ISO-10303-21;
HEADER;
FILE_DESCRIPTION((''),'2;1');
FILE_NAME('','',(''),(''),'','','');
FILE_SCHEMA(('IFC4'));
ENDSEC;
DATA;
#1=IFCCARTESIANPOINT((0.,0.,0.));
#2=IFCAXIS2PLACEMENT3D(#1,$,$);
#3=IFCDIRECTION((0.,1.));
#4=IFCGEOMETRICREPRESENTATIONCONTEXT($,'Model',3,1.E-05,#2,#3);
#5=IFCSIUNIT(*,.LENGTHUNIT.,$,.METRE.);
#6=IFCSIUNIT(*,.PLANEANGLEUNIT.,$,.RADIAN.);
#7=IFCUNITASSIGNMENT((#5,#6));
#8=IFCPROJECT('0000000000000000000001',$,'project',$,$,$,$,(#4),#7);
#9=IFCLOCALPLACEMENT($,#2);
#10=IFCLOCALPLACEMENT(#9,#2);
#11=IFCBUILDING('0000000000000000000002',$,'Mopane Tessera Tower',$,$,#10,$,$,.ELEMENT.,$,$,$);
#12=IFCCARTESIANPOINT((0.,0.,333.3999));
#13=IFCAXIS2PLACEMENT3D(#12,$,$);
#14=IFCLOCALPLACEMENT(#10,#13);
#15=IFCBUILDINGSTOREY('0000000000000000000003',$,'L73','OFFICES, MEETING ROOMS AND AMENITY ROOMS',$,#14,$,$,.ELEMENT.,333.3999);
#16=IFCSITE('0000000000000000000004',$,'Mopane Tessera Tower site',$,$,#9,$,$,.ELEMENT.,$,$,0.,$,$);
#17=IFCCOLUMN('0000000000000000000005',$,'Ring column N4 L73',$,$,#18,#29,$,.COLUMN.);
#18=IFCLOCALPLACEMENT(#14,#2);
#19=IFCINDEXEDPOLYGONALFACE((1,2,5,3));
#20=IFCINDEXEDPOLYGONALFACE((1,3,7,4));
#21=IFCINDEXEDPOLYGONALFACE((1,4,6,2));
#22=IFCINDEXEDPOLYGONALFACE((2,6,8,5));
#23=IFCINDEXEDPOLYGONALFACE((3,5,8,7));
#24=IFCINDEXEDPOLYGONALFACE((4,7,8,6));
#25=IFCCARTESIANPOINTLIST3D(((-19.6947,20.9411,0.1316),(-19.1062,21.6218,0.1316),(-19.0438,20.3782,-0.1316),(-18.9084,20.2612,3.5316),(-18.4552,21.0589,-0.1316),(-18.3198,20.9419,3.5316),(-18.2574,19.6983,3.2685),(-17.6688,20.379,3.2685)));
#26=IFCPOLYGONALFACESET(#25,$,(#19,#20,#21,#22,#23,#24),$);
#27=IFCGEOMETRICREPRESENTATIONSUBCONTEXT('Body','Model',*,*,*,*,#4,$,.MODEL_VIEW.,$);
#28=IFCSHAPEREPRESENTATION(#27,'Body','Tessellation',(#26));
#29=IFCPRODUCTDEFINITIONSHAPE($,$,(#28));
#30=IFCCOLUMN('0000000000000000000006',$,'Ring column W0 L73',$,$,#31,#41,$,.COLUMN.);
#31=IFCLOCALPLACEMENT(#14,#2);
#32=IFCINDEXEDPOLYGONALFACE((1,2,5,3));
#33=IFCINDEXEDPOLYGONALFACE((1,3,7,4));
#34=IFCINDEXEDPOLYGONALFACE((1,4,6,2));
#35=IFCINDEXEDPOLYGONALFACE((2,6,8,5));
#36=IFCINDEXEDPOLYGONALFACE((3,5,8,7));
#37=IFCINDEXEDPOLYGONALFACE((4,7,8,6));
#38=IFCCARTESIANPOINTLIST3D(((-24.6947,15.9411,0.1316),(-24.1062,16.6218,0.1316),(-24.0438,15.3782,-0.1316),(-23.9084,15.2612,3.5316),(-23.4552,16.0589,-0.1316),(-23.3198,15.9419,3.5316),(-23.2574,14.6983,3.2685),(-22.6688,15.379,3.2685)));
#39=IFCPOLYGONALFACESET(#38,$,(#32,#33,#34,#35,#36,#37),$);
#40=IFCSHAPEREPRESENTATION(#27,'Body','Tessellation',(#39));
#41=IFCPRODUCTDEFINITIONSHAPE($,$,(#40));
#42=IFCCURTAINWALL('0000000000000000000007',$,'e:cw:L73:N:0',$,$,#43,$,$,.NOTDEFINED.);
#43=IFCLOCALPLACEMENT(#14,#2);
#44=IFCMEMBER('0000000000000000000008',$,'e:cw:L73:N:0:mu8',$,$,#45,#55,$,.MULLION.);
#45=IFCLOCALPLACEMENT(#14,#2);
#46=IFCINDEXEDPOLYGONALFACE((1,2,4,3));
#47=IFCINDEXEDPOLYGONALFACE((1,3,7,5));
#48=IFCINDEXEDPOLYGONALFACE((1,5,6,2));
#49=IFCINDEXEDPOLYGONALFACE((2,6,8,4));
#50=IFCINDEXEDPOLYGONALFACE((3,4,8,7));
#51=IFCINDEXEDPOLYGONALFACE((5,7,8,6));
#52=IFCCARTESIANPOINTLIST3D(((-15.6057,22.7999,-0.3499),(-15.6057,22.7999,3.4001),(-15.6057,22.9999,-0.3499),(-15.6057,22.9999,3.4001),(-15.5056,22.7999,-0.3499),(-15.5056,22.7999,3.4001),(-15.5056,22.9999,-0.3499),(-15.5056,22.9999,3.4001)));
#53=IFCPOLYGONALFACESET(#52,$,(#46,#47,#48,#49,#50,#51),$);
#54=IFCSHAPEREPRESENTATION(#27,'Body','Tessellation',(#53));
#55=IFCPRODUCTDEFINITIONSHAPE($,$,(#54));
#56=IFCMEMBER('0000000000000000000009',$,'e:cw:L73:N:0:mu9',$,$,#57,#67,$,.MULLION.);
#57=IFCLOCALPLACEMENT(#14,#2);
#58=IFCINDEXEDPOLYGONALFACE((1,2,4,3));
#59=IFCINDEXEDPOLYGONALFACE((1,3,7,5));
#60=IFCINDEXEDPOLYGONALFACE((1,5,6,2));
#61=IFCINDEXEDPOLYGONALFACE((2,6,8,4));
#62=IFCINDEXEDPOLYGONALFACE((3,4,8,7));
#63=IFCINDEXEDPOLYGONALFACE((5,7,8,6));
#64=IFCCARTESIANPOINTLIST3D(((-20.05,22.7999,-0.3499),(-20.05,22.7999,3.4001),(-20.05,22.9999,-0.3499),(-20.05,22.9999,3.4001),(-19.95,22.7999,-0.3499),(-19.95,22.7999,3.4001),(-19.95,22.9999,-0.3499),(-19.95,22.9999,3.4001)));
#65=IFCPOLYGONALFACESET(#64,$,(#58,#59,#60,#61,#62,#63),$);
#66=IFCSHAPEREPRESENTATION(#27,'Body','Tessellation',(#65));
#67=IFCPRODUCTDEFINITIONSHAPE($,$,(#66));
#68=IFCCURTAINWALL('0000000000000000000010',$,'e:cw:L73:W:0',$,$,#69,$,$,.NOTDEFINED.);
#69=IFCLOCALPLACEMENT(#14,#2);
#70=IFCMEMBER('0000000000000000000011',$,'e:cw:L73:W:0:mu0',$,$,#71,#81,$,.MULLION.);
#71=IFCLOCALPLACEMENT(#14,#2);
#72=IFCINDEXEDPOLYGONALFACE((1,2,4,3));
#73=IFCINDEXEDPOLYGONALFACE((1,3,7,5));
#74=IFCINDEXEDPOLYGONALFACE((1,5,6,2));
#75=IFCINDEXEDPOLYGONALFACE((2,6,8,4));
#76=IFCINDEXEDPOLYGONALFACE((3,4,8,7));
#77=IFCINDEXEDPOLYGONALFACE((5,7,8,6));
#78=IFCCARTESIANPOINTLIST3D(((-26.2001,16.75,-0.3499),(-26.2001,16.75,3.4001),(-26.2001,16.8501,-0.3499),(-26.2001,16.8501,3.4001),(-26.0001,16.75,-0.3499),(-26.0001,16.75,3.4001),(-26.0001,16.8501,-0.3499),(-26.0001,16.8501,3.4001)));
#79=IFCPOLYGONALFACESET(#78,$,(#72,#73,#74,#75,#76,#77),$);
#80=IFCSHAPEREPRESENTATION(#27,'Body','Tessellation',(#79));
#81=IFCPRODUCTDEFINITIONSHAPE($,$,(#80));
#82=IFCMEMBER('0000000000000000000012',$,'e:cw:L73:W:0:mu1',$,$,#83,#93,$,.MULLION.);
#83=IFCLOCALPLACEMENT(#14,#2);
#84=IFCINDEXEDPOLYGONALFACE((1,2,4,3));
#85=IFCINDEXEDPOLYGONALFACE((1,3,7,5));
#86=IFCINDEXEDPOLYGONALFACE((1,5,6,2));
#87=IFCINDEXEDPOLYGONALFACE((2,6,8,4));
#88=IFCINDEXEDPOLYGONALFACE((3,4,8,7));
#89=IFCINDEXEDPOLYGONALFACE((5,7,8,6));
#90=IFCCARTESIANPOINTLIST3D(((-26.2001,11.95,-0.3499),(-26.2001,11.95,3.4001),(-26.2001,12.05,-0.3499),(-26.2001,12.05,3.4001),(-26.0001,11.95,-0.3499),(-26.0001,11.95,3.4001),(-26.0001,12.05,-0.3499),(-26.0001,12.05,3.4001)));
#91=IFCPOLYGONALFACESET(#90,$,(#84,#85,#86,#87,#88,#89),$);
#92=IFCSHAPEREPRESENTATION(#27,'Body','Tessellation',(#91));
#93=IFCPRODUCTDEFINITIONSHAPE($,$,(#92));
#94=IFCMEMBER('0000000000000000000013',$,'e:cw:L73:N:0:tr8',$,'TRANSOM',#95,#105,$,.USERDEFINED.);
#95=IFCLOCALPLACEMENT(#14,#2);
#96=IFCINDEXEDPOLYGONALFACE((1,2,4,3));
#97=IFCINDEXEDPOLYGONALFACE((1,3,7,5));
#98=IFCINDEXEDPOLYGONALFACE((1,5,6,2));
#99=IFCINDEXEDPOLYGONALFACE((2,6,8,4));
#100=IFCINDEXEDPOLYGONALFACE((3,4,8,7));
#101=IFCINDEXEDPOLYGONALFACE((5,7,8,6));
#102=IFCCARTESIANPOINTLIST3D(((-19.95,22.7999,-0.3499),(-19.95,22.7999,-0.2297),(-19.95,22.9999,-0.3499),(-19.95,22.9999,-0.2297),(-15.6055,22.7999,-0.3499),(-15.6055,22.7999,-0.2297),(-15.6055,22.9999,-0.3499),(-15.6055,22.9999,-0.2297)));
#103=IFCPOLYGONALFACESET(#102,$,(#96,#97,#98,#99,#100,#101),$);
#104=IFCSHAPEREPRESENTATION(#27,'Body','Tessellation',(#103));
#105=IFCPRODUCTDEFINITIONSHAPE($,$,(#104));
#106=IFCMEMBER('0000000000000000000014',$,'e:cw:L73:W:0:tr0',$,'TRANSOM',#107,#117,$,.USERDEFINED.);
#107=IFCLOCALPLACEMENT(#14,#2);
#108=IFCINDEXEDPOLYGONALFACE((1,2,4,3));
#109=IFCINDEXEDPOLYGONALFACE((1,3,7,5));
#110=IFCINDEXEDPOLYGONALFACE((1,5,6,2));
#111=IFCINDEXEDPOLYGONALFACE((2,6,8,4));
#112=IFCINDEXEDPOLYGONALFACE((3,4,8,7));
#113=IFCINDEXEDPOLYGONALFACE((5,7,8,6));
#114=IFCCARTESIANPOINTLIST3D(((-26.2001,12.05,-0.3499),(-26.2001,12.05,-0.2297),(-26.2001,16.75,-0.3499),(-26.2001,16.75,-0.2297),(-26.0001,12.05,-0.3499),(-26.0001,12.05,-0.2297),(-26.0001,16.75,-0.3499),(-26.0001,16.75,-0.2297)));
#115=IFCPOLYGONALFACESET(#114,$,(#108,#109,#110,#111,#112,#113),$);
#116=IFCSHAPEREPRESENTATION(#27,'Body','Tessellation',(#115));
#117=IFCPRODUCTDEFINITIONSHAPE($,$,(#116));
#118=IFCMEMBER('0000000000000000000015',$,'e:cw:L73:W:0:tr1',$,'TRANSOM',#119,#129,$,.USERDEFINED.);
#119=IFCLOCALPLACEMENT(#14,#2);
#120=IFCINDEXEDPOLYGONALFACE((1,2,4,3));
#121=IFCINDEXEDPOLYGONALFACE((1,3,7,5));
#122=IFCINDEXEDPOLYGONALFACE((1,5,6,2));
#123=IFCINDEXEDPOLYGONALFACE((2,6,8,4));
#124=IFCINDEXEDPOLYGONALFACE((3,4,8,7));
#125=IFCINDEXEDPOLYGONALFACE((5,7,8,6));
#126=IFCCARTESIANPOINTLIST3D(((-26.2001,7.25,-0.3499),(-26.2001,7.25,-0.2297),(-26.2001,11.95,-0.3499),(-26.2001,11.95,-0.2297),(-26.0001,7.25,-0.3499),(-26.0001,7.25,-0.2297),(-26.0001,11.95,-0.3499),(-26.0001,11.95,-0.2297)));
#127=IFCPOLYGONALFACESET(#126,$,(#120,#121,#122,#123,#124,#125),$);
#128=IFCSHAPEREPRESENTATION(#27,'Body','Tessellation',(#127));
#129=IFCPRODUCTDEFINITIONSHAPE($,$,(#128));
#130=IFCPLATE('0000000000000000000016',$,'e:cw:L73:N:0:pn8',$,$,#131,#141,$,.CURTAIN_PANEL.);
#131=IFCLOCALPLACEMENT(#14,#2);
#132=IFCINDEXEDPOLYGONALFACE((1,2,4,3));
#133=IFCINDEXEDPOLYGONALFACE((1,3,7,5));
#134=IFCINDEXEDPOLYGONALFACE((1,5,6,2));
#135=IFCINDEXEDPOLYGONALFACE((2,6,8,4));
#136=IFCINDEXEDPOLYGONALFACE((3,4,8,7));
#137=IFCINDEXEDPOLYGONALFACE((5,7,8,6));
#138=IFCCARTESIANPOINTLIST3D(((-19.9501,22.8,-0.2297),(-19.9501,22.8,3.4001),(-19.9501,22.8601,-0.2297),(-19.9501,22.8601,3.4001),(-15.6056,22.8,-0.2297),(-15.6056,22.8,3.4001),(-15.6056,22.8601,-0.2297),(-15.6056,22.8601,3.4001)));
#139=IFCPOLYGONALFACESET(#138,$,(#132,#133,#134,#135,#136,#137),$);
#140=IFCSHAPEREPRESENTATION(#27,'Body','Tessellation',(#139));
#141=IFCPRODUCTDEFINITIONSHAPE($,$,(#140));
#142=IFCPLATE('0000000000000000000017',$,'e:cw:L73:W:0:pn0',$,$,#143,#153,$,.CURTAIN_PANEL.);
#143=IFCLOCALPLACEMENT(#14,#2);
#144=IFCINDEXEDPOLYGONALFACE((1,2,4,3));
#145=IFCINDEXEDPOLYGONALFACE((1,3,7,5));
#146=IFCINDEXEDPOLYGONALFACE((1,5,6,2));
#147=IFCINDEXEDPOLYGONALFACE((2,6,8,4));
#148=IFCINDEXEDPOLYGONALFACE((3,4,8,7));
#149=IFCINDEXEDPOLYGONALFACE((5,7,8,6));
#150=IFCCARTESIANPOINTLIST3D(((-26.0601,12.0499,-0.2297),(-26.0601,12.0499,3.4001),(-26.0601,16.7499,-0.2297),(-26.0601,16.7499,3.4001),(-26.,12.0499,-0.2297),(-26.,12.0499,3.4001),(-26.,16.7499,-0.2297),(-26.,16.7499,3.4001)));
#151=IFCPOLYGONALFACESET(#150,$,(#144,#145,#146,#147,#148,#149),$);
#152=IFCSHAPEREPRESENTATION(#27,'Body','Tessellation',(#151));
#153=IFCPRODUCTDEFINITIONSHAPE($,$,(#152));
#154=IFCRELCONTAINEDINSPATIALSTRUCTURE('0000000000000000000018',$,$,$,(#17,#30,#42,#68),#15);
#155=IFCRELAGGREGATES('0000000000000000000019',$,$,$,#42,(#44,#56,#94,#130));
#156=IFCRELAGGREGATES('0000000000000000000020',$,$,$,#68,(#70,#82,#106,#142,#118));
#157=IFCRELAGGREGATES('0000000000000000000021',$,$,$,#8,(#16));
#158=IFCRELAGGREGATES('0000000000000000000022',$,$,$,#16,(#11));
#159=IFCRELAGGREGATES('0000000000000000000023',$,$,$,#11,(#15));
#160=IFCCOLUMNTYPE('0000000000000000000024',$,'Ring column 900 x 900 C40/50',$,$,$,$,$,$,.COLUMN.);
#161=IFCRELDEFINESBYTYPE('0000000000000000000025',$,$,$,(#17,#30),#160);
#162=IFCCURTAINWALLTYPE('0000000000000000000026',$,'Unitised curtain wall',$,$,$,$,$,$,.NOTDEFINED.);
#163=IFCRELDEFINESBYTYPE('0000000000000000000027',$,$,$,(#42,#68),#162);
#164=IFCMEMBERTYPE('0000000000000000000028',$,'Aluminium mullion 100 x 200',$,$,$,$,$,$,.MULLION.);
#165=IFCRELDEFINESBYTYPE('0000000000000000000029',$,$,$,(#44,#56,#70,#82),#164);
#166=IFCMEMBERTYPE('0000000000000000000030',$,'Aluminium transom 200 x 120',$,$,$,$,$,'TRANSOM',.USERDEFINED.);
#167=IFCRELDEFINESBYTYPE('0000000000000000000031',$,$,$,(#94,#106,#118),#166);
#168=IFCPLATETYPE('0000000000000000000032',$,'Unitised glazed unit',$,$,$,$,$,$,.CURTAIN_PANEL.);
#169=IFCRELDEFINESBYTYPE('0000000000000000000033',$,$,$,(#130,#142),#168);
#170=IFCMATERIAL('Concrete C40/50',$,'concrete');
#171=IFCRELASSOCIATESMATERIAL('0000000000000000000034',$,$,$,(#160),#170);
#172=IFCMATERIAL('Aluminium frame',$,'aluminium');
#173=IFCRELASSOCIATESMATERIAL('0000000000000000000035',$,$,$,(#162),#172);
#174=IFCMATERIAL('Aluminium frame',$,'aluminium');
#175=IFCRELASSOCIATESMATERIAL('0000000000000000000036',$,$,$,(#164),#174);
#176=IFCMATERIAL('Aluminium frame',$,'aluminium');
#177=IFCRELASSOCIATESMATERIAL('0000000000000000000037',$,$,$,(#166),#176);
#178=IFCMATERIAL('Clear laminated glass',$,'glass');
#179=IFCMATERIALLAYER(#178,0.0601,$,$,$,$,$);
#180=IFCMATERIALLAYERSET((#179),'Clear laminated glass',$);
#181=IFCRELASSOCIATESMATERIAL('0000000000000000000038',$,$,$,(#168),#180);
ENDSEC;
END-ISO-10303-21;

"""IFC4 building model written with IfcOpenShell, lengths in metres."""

from ifc_helpers import new_model, si_unit, direction, frame, origin, origin_2d, place, context, subcontext, project, spatial, rectangle, extrude, material, layer, layer_set, material_profile, profile_set, type_object, element, aggregate, save


model = new_model("IFC4")

# Units and contexts
model_context = context("Model", 3, precision=1e-05, world=origin(), true_north=direction((0.0, 1.0)))
body_context = subcontext(model_context, "Body", "Model", "MODEL_VIEW")
ifc_project = project(units=[si_unit("LENGTHUNIT", "METRE"), si_unit("PLANEANGLEUNIT", "RADIAN")], contexts=[model_context])

# Site, building, storey
site_placement = place(None, origin())
site = spatial("IfcSite", under=ifc_project, at=site_placement, Name="Mopane Tessera Tower site", CompositionType="ELEMENT", RefElevation=0.0)
building_placement = place(site_placement, origin())
building = spatial("IfcBuilding", under=site, at=building_placement, Name="Mopane Tessera Tower", CompositionType="ELEMENT")
storey_placement = place(building_placement, frame((0.0, 0.0, 333.3999)))
storey = spatial("IfcBuildingStorey", under=building, at=storey_placement, Name="L73", Description="OFFICES, MEETING ROOMS AND AMENITY ROOMS", CompositionType="ELEMENT", Elevation=333.3999)

# Columns
ifc_material_1 = material(Name="Concrete C40/50", Category="concrete")
ifc_material_profile_1 = material_profile(ifc_material_1, rectangle(XDim=0.8999, YDim=0.8999, at=origin_2d()))
ifc_profile_set_1 = profile_set([ifc_material_profile_1], Name="Concrete C40/50")
column_type = type_object("IfcColumnType", Name="Ring column 900 x 900 C40/50", PredefinedType="COLUMN", material=ifc_profile_set_1)
for number, where, z_axis, x_axis, name in (
    (1, (-19.075, 21.0, 0.0), (0.221171, -0.191233, 0.956302), (0.654054, 0.756448, 0.0), "Ring column N4 L73"),
    (2, (-24.075, 16.0, 0.0), (0.221171, -0.191233, 0.956302), (0.654054, 0.756448, 0.0), "Ring column W0 L73"),
):
    element("IfcColumn", number, at=place(storey_placement, frame(where, z_axis=z_axis, x_axis=x_axis)), inside=storey, type_object=column_type, Name=name, PredefinedType="COLUMN", context=body_context, shape_type="SweptSolid", body=[
        extrude(rectangle(XDim=0.8999, YDim=0.8999, at=origin_2d()), origin(), (0.0, 0.0, 1.0), 3.5554),
    ])

# Curtain walls, members
ifc_material_2 = material(Name="Aluminium frame", Category="aluminium")
curtain_wall_type = type_object("IfcCurtainWallType", Name="Unitised curtain wall", PredefinedType="NOTDEFINED", material=ifc_material_2)
curtain_wall_1_placement = place(storey_placement, origin())
curtain_wall_1 = element("IfcCurtainWall", 3, at=curtain_wall_1_placement, inside=storey, type_object=curtain_wall_type, Name="e:cw:L73:N:0", PredefinedType="NOTDEFINED")
ifc_material_3 = material(Name="Aluminium frame", Category="aluminium")
ifc_material_profile_2 = material_profile(ifc_material_3, rectangle(XDim=0.1001, YDim=0.2, at=origin_2d()))
ifc_profile_set_2 = profile_set([ifc_material_profile_2], Name="Aluminium frame")
member_type_1 = type_object("IfcMemberType", Name="Aluminium mullion 100 x 200", PredefinedType="MULLION", material=ifc_profile_set_2)
member_1_placement = place(storey_placement, frame((-15.5557, 22.8999, -0.3499), z_axis=(0.0, 0.0, 1.0), x_axis=(-1.0, 0.0, 0.0)))
member_1 = element("IfcMember", 4, at=member_1_placement, type_object=member_type_1, Name="e:cw:L73:N:0:mu8", PredefinedType="MULLION", context=body_context, shape_type="SweptSolid", body=[
    extrude(rectangle(XDim=0.1001, YDim=0.2, at=origin_2d()), origin(), (0.0, 0.0, 1.0), 3.75),
])
member_2_placement = place(storey_placement, frame((-20.0, 22.8999, -0.3499), z_axis=(0.0, 0.0, 1.0), x_axis=(-1.0, 0.0, 0.0)))
member_2 = element("IfcMember", 5, at=member_2_placement, type_object=member_type_1, Name="e:cw:L73:N:0:mu9", PredefinedType="MULLION", context=body_context, shape_type="SweptSolid", body=[
    extrude(rectangle(XDim=0.1001, YDim=0.2, at=origin_2d()), origin(), (0.0, 0.0, 1.0), 3.75),
])
curtain_wall_2_placement = place(storey_placement, origin())
curtain_wall_2 = element("IfcCurtainWall", 6, at=curtain_wall_2_placement, inside=storey, type_object=curtain_wall_type, Name="e:cw:L73:W:0", PredefinedType="NOTDEFINED")
member_3_placement = place(storey_placement, frame((-26.1001, 16.8, -0.3499), z_axis=(0.0, 0.0, 1.0), x_axis=(0.0, -1.0, 0.0)))
member_3 = element("IfcMember", 7, at=member_3_placement, type_object=member_type_1, Name="e:cw:L73:W:0:mu0", PredefinedType="MULLION", context=body_context, shape_type="SweptSolid", body=[
    extrude(rectangle(XDim=0.1001, YDim=0.2, at=origin_2d()), origin(), (0.0, 0.0, 1.0), 3.75),
])
member_4_placement = place(storey_placement, frame((-26.1001, 12.0, -0.3499), z_axis=(0.0, 0.0, 1.0), x_axis=(0.0, -1.0, 0.0)))
member_4 = element("IfcMember", 8, at=member_4_placement, type_object=member_type_1, Name="e:cw:L73:W:0:mu1", PredefinedType="MULLION", context=body_context, shape_type="SweptSolid", body=[
    extrude(rectangle(XDim=0.1001, YDim=0.2, at=origin_2d()), origin(), (0.0, 0.0, 1.0), 3.75),
])

# Members
ifc_material_4 = material(Name="Aluminium frame", Category="aluminium")
ifc_material_profile_3 = material_profile(ifc_material_4, rectangle(XDim=0.2, YDim=0.1201, at=origin_2d()))
ifc_profile_set_3 = profile_set([ifc_material_profile_3], Name="Aluminium frame")
member_type_2 = type_object("IfcMemberType", Name="Aluminium transom 200 x 120", ElementType="TRANSOM", PredefinedType="USERDEFINED", material=ifc_profile_set_3)
member_5_placement = place(storey_placement, frame((-15.6055, 22.8999, -0.2898), z_axis=(-1.0, 0.0, 0.0), x_axis=(0.0, -1.0, 0.0)))
member_5 = element("IfcMember", 9, at=member_5_placement, type_object=member_type_2, Name="e:cw:L73:N:0:tr8", ObjectType="TRANSOM", PredefinedType="USERDEFINED", context=body_context, shape_type="SweptSolid", body=[
    extrude(rectangle(XDim=0.2, YDim=0.1201, at=origin_2d()), origin(), (0.0, 0.0, 1.0), 4.3445),
])
member_6_placement = place(storey_placement, frame((-26.1001, 16.75, -0.2898), z_axis=(0.0, -1.0, 0.0), x_axis=(1.0, 0.0, 0.0)))
member_6 = element("IfcMember", 10, at=member_6_placement, type_object=member_type_2, Name="e:cw:L73:W:0:tr0", ObjectType="TRANSOM", PredefinedType="USERDEFINED", context=body_context, shape_type="SweptSolid", body=[
    extrude(rectangle(XDim=0.2, YDim=0.1201, at=origin_2d()), origin(), (0.0, 0.0, 1.0), 4.7),
])
member_7_placement = place(storey_placement, frame((-26.1001, 11.95, -0.2898), z_axis=(0.0, -1.0, 0.0), x_axis=(1.0, 0.0, 0.0)))
member_7 = element("IfcMember", 11, at=member_7_placement, type_object=member_type_2, Name="e:cw:L73:W:0:tr1", ObjectType="TRANSOM", PredefinedType="USERDEFINED", context=body_context, shape_type="SweptSolid", body=[
    extrude(rectangle(XDim=0.2, YDim=0.1201, at=origin_2d()), origin(), (0.0, 0.0, 1.0), 4.7),
])

# Plates
ifc_material_5 = material(Name="Clear laminated glass", Category="glass")
ifc_layer_1 = layer(ifc_material_5, 0.0601)
ifc_layer_set_1 = layer_set([ifc_layer_1], Name="Clear laminated glass")
plate_type = type_object("IfcPlateType", Name="Unitised glazed unit", PredefinedType="CURTAIN_PANEL", material=ifc_layer_set_1)
plate_1_placement = place(storey_placement, frame((-17.7778, 22.8301, -0.2297), z_axis=(0.0, 0.0, 1.0), x_axis=(-1.0, 0.0, 0.0)))
plate_1 = element("IfcPlate", 12, at=plate_1_placement, type_object=plate_type, Name="e:cw:L73:N:0:pn8", PredefinedType="CURTAIN_PANEL", context=body_context, shape_type="SweptSolid", body=[
    extrude(rectangle(XDim=4.3445, YDim=0.0601, at=origin_2d()), origin(), (0.0, 0.0, 1.0), 3.6299),
])
aggregate(curtain_wall_1, [member_1, member_2, member_5, plate_1])
plate_2_placement = place(storey_placement, frame((-26.03, 14.3999, -0.2297), z_axis=(0.0, 0.0, 1.0), x_axis=(0.0, -1.0, 0.0)))
plate_2 = element("IfcPlate", 13, at=plate_2_placement, type_object=plate_type, Name="e:cw:L73:W:0:pn0", PredefinedType="CURTAIN_PANEL", context=body_context, shape_type="SweptSolid", body=[
    extrude(rectangle(XDim=4.7, YDim=0.0601, at=origin_2d()), origin(), (0.0, 0.0, 1.0), 3.6299),
])
aggregate(curtain_wall_2, [member_3, member_4, member_6, plate_2, member_7])

save(model, "model.ifc")
